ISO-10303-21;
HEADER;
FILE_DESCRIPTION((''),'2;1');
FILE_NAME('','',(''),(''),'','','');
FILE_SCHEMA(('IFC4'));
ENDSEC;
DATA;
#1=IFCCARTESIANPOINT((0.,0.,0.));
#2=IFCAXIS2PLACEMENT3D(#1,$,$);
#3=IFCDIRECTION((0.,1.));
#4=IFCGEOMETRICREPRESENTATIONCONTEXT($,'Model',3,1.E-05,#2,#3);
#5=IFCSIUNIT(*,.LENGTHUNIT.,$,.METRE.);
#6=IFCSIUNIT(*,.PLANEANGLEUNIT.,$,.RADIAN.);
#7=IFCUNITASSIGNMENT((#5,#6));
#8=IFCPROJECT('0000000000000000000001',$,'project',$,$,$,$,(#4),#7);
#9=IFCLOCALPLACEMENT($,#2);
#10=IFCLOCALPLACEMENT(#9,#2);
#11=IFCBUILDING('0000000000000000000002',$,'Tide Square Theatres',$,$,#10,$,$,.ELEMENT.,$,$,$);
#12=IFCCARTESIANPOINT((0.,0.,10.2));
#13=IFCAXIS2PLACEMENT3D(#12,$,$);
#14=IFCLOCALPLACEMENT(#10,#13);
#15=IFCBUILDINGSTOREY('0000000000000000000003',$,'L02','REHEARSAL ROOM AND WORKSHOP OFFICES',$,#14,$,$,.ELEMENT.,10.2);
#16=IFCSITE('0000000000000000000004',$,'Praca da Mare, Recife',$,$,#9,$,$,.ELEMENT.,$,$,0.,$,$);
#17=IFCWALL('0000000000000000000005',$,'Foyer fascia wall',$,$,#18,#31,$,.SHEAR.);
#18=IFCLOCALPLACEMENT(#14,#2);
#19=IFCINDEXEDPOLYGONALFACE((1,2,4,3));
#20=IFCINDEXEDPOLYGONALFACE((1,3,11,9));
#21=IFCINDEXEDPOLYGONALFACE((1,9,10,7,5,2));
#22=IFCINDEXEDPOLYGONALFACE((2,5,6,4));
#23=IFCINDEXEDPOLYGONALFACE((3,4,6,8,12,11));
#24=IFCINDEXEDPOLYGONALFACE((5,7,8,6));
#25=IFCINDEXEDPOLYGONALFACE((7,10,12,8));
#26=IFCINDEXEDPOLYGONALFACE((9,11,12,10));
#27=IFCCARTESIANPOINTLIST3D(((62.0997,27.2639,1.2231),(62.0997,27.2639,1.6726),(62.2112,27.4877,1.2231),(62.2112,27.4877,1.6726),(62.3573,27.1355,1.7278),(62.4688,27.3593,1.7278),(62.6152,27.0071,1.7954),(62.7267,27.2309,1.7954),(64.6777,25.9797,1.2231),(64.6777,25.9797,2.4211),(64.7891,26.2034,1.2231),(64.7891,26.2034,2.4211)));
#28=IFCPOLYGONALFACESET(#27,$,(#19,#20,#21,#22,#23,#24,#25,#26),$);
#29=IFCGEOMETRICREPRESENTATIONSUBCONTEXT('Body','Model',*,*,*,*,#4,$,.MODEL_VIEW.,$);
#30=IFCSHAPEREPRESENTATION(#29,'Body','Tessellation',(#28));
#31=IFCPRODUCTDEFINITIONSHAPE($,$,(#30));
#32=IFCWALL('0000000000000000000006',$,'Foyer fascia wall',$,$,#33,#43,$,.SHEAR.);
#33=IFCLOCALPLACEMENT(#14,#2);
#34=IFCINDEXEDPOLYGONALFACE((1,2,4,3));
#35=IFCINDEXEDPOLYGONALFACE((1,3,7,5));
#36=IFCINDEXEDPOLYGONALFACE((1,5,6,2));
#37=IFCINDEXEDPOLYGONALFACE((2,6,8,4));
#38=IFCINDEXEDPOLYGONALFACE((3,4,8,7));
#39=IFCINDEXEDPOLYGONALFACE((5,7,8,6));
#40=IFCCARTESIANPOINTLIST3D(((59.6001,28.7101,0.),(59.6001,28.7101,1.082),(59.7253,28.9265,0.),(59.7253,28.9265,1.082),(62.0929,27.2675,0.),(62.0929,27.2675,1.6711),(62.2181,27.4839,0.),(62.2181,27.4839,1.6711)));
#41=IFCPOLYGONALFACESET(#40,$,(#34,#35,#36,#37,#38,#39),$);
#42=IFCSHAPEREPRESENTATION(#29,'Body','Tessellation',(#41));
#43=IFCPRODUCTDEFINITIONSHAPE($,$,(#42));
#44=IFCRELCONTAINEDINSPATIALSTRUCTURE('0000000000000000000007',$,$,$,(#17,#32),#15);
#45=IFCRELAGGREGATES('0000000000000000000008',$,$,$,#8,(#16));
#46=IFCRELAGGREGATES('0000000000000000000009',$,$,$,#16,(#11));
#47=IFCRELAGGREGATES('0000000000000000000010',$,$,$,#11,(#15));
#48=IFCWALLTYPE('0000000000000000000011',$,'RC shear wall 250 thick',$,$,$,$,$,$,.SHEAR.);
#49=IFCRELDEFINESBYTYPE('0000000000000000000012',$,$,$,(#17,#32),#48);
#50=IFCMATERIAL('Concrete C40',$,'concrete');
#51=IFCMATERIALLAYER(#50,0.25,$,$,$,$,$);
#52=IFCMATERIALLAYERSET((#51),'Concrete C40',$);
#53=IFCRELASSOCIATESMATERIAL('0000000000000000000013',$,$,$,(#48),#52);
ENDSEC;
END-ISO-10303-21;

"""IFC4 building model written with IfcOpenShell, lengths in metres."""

from ifc_helpers import new_model, si_unit, direction, frame, origin, place, context, subcontext, project, spatial, polyline, outline, extrude, material, layer, layer_set, type_object, element, save


model = new_model("IFC4")

# Units and contexts
model_context = context("Model", 3, precision=1e-05, world=origin(), true_north=direction((0.0, 1.0)))
body_context = subcontext(model_context, "Body", "Model", "MODEL_VIEW")
ifc_project = project(units=[si_unit("LENGTHUNIT", "METRE"), si_unit("PLANEANGLEUNIT", "RADIAN")], contexts=[model_context])

# Site, building, storey
site_placement = place(None, origin())
site = spatial("IfcSite", under=ifc_project, at=site_placement, Name="Praca da Mare, Recife", CompositionType="ELEMENT", RefElevation=0.0)
building_placement = place(site_placement, origin())
building = spatial("IfcBuilding", under=site, at=building_placement, Name="Tide Square Theatres", CompositionType="ELEMENT")
storey_placement = place(building_placement, frame((0.0, 0.0, 10.2)))
storey = spatial("IfcBuildingStorey", under=building, at=storey_placement, Name="L02", Description="REHEARSAL ROOM AND WORKSHOP OFFICES", CompositionType="ELEMENT", Elevation=10.2)

# Walls
ifc_material_1 = material(Name="Concrete C40", Category="concrete")
ifc_layer_1 = layer(ifc_material_1, 0.25)
ifc_layer_set_1 = layer_set([ifc_layer_1], Name="Concrete C40")
wall_type = type_object("IfcWallType", Name="RC shear wall 250 thick", PredefinedType="SHEAR", material=ifc_layer_set_1)
wall_1_placement = place(storey_placement, frame((64.7334, 26.0916, 1.2231), z_axis=(0.0, 0.0, 1.0), x_axis=(-0.895087, 0.445891, 0.0)))
element("IfcWall", 1, at=wall_1_placement, inside=storey, type_object=wall_type, Name="Foyer fascia wall", PredefinedType="SHEAR", context=body_context, shape_type="SweptSolid", body=[
    extrude(outline(polyline([(0.0, 0.0), (2.8801, 0.0), (2.8801, 0.4495), (2.5923, 0.5046), (2.3042, 0.5723), (0.0, 1.198), (0.0, 0.0)])), frame((0.0, 0.125, 0.0), z_axis=(0.0, -1.0, 0.0), x_axis=(1.0, 0.0, 0.0)), (0.0, 0.0, 1.0), 0.25),
])
wall_2_placement = place(storey_placement, frame((62.1555, 27.3757, 0.0), z_axis=(0.0, 0.0, 1.0), x_axis=(-0.865523, 0.500869, 0.0)))
element("IfcWall", 2, at=wall_2_placement, inside=storey, type_object=wall_type, Name="Foyer fascia wall", PredefinedType="SHEAR", context=body_context, shape_type="SweptSolid", body=[
    extrude(outline(polyline([(0.0, 0.0), (2.8801, 0.0), (2.8801, 1.082), (0.0, 1.6711), (0.0, 0.0)])), frame((0.0, 0.125, 0.0), z_axis=(0.0, -1.0, 0.0), x_axis=(1.0, 0.0, 0.0)), (0.0, 0.0, 1.0), 0.25),
])

save(model, "model.ifc")
